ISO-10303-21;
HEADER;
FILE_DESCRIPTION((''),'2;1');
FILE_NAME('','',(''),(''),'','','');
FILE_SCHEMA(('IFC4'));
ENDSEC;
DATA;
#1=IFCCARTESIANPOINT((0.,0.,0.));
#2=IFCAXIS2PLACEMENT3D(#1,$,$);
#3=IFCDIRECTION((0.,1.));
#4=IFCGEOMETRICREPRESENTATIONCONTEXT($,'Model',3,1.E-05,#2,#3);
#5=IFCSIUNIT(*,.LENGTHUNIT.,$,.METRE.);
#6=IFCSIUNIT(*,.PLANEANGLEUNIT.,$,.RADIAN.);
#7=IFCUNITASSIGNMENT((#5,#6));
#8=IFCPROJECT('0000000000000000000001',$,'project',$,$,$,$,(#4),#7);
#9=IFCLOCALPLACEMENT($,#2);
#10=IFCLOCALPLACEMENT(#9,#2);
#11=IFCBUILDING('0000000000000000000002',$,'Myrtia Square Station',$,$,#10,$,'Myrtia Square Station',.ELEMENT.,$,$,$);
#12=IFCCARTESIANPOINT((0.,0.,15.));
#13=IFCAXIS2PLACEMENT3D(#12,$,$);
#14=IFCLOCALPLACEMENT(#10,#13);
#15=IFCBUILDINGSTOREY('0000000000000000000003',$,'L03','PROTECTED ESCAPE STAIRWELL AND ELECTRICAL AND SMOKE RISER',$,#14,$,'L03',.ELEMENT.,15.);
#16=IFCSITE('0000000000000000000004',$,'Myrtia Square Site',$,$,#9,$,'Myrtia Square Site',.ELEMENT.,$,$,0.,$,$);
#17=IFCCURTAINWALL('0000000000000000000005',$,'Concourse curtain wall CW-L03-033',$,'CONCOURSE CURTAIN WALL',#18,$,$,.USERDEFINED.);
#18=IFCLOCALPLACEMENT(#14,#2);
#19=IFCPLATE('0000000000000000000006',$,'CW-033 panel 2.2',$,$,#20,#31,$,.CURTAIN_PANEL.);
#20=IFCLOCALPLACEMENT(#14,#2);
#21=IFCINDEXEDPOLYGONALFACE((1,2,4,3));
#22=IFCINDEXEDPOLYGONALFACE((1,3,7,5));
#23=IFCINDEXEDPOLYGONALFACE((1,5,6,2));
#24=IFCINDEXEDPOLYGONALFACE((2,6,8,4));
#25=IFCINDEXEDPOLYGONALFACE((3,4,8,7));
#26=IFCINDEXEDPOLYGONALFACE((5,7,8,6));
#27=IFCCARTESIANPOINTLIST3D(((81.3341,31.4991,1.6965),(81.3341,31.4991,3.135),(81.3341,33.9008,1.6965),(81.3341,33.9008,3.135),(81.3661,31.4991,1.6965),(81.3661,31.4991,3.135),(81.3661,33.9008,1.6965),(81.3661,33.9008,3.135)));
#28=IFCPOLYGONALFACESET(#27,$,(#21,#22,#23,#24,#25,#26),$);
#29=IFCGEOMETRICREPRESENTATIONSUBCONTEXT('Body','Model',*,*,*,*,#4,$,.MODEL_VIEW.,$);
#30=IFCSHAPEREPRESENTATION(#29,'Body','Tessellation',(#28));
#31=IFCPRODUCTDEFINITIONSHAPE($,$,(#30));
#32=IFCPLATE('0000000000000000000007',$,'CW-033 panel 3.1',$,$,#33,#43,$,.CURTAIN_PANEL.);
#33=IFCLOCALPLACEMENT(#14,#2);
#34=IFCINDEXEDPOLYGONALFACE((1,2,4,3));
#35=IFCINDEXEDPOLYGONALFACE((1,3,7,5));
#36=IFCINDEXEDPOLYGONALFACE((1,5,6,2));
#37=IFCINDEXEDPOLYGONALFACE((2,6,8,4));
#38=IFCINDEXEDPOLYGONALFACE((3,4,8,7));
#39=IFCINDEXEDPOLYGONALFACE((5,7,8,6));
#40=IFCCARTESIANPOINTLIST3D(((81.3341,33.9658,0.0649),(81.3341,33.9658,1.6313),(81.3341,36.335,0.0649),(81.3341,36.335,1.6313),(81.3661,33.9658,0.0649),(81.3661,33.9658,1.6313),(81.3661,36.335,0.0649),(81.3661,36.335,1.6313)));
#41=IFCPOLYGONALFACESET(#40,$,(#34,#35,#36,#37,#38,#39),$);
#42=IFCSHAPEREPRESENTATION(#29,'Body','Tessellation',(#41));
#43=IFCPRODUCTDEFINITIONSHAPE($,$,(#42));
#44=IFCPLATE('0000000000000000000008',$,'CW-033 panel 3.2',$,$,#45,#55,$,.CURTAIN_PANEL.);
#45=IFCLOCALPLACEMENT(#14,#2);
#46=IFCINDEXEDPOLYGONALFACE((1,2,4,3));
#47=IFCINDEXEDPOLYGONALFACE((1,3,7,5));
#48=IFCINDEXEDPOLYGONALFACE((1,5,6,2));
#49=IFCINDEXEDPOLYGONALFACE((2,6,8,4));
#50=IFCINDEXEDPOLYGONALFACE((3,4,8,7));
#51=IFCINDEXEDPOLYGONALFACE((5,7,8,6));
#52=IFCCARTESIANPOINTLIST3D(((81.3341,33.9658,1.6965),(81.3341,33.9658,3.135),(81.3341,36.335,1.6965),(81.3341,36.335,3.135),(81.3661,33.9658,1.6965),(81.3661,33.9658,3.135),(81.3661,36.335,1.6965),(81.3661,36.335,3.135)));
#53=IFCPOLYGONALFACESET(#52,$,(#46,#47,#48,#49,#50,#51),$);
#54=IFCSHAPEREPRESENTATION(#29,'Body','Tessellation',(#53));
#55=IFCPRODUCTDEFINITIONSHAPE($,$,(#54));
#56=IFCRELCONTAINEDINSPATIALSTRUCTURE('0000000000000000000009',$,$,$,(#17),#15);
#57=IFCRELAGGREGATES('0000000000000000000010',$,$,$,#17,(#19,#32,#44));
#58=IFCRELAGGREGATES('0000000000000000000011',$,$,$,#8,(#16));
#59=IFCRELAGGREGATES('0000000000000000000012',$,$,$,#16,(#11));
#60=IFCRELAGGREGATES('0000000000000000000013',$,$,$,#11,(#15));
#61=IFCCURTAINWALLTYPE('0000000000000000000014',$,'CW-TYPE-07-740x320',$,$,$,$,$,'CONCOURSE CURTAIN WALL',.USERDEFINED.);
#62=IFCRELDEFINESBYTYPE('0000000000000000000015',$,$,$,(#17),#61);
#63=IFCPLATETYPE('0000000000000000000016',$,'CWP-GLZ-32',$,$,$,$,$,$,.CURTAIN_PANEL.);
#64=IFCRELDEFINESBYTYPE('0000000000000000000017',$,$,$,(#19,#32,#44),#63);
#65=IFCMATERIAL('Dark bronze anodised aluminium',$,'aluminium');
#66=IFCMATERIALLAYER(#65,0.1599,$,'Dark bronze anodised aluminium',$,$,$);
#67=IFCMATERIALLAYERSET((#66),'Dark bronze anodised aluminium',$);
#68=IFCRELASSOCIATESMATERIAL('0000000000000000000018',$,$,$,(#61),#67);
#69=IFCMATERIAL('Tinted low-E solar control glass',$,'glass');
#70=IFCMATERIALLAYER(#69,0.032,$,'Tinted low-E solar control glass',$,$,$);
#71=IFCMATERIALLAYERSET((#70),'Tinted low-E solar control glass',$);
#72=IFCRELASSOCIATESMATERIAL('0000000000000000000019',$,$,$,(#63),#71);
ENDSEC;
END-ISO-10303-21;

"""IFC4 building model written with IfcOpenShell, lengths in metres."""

from ifc_helpers import new_model, si_unit, direction, frame, origin, origin_2d, place, context, subcontext, project, spatial, rectangle, extrude, material, layer, layer_set, type_object, element, aggregate, save


model = new_model("IFC4")

# Units and contexts
model_context = context("Model", 3, precision=1e-05, world=origin(), true_north=direction((0.0, 1.0)))
body_context = subcontext(model_context, "Body", "Model", "MODEL_VIEW")
ifc_project = project(units=[si_unit("LENGTHUNIT", "METRE"), si_unit("PLANEANGLEUNIT", "RADIAN")], contexts=[model_context])

# Site, building, storey
site_placement = place(None, origin())
site = spatial("IfcSite", under=ifc_project, at=site_placement, Name="Myrtia Square Site", LongName="Myrtia Square Site", CompositionType="ELEMENT", RefElevation=0.0)
building_placement = place(site_placement, origin())
building = spatial("IfcBuilding", under=site, at=building_placement, Name="Myrtia Square Station", LongName="Myrtia Square Station", CompositionType="ELEMENT")
storey_placement = place(building_placement, frame((0.0, 0.0, 15.0)))
storey = spatial("IfcBuildingStorey", under=building, at=storey_placement, Name="L03", Description="PROTECTED ESCAPE STAIRWELL AND ELECTRICAL AND SMOKE RISER", LongName="L03", CompositionType="ELEMENT", Elevation=15.0)

# Curtain wall
ifc_material_1 = material(Name="Dark bronze anodised aluminium", Category="aluminium")
ifc_layer_1 = layer(ifc_material_1, 0.1599, Name="Dark bronze anodised aluminium")
ifc_layer_set_1 = layer_set([ifc_layer_1], Name="Dark bronze anodised aluminium")
curtain_wall_type_1 = type_object("IfcCurtainWallType", Name="CW-TYPE-07-740x320", ElementType="CONCOURSE CURTAIN WALL", PredefinedType="USERDEFINED", material=ifc_layer_set_1)
curtain_wall_1_placement = place(storey_placement, origin())
curtain_wall_1 = element("IfcCurtainWall", 1, at=curtain_wall_1_placement, inside=storey, type_object=curtain_wall_type_1, Name="Concourse curtain wall CW-L03-033", ObjectType="CONCOURSE CURTAIN WALL", PredefinedType="USERDEFINED")

# Plates
ifc_material_2 = material(Name="Tinted low-E solar control glass", Category="glass")
ifc_layer_2 = layer(ifc_material_2, 0.032, Name="Tinted low-E solar control glass")
ifc_layer_set_2 = layer_set([ifc_layer_2], Name="Tinted low-E solar control glass")
plate_type_1 = type_object("IfcPlateType", Name="CWP-GLZ-32", PredefinedType="CURTAIN_PANEL", material=ifc_layer_set_2)
plate_1_placement = place(storey_placement, frame((81.3501, 32.7, 1.6965), z_axis=(0.0, 0.0, 1.0), x_axis=(0.0, 1.0, 0.0)))
plate_1 = element("IfcPlate", 2, at=plate_1_placement, type_object=plate_type_1, Name="CW-033 panel 2.2", PredefinedType="CURTAIN_PANEL", context=body_context, shape_type="SweptSolid", body=[
    extrude(rectangle(XDim=2.4016, YDim=0.032, at=origin_2d()), origin(), (0.0, 0.0, 1.0), 1.4385),
])
plate_2_placement = place(storey_placement, frame((81.3501, 35.1504, 0.0649), z_axis=(0.0, 0.0, 1.0), x_axis=(0.0, 1.0, 0.0)))
plate_2 = element("IfcPlate", 3, at=plate_2_placement, type_object=plate_type_1, Name="CW-033 panel 3.1", PredefinedType="CURTAIN_PANEL", context=body_context, shape_type="SweptSolid", body=[
    extrude(rectangle(XDim=2.3691, YDim=0.032, at=origin_2d()), origin(), (0.0, 0.0, 1.0), 1.5664),
])
plate_3_placement = place(storey_placement, frame((81.3501, 35.1504, 1.6965), z_axis=(0.0, 0.0, 1.0), x_axis=(0.0, 1.0, 0.0)))
plate_3 = element("IfcPlate", 4, at=plate_3_placement, type_object=plate_type_1, Name="CW-033 panel 3.2", PredefinedType="CURTAIN_PANEL", context=body_context, shape_type="SweptSolid", body=[
    extrude(rectangle(XDim=2.3691, YDim=0.032, at=origin_2d()), origin(), (0.0, 0.0, 1.0), 1.4385),
])
aggregate(curtain_wall_1, [plate_1, plate_2, plate_3])

save(model, "model.ifc")
